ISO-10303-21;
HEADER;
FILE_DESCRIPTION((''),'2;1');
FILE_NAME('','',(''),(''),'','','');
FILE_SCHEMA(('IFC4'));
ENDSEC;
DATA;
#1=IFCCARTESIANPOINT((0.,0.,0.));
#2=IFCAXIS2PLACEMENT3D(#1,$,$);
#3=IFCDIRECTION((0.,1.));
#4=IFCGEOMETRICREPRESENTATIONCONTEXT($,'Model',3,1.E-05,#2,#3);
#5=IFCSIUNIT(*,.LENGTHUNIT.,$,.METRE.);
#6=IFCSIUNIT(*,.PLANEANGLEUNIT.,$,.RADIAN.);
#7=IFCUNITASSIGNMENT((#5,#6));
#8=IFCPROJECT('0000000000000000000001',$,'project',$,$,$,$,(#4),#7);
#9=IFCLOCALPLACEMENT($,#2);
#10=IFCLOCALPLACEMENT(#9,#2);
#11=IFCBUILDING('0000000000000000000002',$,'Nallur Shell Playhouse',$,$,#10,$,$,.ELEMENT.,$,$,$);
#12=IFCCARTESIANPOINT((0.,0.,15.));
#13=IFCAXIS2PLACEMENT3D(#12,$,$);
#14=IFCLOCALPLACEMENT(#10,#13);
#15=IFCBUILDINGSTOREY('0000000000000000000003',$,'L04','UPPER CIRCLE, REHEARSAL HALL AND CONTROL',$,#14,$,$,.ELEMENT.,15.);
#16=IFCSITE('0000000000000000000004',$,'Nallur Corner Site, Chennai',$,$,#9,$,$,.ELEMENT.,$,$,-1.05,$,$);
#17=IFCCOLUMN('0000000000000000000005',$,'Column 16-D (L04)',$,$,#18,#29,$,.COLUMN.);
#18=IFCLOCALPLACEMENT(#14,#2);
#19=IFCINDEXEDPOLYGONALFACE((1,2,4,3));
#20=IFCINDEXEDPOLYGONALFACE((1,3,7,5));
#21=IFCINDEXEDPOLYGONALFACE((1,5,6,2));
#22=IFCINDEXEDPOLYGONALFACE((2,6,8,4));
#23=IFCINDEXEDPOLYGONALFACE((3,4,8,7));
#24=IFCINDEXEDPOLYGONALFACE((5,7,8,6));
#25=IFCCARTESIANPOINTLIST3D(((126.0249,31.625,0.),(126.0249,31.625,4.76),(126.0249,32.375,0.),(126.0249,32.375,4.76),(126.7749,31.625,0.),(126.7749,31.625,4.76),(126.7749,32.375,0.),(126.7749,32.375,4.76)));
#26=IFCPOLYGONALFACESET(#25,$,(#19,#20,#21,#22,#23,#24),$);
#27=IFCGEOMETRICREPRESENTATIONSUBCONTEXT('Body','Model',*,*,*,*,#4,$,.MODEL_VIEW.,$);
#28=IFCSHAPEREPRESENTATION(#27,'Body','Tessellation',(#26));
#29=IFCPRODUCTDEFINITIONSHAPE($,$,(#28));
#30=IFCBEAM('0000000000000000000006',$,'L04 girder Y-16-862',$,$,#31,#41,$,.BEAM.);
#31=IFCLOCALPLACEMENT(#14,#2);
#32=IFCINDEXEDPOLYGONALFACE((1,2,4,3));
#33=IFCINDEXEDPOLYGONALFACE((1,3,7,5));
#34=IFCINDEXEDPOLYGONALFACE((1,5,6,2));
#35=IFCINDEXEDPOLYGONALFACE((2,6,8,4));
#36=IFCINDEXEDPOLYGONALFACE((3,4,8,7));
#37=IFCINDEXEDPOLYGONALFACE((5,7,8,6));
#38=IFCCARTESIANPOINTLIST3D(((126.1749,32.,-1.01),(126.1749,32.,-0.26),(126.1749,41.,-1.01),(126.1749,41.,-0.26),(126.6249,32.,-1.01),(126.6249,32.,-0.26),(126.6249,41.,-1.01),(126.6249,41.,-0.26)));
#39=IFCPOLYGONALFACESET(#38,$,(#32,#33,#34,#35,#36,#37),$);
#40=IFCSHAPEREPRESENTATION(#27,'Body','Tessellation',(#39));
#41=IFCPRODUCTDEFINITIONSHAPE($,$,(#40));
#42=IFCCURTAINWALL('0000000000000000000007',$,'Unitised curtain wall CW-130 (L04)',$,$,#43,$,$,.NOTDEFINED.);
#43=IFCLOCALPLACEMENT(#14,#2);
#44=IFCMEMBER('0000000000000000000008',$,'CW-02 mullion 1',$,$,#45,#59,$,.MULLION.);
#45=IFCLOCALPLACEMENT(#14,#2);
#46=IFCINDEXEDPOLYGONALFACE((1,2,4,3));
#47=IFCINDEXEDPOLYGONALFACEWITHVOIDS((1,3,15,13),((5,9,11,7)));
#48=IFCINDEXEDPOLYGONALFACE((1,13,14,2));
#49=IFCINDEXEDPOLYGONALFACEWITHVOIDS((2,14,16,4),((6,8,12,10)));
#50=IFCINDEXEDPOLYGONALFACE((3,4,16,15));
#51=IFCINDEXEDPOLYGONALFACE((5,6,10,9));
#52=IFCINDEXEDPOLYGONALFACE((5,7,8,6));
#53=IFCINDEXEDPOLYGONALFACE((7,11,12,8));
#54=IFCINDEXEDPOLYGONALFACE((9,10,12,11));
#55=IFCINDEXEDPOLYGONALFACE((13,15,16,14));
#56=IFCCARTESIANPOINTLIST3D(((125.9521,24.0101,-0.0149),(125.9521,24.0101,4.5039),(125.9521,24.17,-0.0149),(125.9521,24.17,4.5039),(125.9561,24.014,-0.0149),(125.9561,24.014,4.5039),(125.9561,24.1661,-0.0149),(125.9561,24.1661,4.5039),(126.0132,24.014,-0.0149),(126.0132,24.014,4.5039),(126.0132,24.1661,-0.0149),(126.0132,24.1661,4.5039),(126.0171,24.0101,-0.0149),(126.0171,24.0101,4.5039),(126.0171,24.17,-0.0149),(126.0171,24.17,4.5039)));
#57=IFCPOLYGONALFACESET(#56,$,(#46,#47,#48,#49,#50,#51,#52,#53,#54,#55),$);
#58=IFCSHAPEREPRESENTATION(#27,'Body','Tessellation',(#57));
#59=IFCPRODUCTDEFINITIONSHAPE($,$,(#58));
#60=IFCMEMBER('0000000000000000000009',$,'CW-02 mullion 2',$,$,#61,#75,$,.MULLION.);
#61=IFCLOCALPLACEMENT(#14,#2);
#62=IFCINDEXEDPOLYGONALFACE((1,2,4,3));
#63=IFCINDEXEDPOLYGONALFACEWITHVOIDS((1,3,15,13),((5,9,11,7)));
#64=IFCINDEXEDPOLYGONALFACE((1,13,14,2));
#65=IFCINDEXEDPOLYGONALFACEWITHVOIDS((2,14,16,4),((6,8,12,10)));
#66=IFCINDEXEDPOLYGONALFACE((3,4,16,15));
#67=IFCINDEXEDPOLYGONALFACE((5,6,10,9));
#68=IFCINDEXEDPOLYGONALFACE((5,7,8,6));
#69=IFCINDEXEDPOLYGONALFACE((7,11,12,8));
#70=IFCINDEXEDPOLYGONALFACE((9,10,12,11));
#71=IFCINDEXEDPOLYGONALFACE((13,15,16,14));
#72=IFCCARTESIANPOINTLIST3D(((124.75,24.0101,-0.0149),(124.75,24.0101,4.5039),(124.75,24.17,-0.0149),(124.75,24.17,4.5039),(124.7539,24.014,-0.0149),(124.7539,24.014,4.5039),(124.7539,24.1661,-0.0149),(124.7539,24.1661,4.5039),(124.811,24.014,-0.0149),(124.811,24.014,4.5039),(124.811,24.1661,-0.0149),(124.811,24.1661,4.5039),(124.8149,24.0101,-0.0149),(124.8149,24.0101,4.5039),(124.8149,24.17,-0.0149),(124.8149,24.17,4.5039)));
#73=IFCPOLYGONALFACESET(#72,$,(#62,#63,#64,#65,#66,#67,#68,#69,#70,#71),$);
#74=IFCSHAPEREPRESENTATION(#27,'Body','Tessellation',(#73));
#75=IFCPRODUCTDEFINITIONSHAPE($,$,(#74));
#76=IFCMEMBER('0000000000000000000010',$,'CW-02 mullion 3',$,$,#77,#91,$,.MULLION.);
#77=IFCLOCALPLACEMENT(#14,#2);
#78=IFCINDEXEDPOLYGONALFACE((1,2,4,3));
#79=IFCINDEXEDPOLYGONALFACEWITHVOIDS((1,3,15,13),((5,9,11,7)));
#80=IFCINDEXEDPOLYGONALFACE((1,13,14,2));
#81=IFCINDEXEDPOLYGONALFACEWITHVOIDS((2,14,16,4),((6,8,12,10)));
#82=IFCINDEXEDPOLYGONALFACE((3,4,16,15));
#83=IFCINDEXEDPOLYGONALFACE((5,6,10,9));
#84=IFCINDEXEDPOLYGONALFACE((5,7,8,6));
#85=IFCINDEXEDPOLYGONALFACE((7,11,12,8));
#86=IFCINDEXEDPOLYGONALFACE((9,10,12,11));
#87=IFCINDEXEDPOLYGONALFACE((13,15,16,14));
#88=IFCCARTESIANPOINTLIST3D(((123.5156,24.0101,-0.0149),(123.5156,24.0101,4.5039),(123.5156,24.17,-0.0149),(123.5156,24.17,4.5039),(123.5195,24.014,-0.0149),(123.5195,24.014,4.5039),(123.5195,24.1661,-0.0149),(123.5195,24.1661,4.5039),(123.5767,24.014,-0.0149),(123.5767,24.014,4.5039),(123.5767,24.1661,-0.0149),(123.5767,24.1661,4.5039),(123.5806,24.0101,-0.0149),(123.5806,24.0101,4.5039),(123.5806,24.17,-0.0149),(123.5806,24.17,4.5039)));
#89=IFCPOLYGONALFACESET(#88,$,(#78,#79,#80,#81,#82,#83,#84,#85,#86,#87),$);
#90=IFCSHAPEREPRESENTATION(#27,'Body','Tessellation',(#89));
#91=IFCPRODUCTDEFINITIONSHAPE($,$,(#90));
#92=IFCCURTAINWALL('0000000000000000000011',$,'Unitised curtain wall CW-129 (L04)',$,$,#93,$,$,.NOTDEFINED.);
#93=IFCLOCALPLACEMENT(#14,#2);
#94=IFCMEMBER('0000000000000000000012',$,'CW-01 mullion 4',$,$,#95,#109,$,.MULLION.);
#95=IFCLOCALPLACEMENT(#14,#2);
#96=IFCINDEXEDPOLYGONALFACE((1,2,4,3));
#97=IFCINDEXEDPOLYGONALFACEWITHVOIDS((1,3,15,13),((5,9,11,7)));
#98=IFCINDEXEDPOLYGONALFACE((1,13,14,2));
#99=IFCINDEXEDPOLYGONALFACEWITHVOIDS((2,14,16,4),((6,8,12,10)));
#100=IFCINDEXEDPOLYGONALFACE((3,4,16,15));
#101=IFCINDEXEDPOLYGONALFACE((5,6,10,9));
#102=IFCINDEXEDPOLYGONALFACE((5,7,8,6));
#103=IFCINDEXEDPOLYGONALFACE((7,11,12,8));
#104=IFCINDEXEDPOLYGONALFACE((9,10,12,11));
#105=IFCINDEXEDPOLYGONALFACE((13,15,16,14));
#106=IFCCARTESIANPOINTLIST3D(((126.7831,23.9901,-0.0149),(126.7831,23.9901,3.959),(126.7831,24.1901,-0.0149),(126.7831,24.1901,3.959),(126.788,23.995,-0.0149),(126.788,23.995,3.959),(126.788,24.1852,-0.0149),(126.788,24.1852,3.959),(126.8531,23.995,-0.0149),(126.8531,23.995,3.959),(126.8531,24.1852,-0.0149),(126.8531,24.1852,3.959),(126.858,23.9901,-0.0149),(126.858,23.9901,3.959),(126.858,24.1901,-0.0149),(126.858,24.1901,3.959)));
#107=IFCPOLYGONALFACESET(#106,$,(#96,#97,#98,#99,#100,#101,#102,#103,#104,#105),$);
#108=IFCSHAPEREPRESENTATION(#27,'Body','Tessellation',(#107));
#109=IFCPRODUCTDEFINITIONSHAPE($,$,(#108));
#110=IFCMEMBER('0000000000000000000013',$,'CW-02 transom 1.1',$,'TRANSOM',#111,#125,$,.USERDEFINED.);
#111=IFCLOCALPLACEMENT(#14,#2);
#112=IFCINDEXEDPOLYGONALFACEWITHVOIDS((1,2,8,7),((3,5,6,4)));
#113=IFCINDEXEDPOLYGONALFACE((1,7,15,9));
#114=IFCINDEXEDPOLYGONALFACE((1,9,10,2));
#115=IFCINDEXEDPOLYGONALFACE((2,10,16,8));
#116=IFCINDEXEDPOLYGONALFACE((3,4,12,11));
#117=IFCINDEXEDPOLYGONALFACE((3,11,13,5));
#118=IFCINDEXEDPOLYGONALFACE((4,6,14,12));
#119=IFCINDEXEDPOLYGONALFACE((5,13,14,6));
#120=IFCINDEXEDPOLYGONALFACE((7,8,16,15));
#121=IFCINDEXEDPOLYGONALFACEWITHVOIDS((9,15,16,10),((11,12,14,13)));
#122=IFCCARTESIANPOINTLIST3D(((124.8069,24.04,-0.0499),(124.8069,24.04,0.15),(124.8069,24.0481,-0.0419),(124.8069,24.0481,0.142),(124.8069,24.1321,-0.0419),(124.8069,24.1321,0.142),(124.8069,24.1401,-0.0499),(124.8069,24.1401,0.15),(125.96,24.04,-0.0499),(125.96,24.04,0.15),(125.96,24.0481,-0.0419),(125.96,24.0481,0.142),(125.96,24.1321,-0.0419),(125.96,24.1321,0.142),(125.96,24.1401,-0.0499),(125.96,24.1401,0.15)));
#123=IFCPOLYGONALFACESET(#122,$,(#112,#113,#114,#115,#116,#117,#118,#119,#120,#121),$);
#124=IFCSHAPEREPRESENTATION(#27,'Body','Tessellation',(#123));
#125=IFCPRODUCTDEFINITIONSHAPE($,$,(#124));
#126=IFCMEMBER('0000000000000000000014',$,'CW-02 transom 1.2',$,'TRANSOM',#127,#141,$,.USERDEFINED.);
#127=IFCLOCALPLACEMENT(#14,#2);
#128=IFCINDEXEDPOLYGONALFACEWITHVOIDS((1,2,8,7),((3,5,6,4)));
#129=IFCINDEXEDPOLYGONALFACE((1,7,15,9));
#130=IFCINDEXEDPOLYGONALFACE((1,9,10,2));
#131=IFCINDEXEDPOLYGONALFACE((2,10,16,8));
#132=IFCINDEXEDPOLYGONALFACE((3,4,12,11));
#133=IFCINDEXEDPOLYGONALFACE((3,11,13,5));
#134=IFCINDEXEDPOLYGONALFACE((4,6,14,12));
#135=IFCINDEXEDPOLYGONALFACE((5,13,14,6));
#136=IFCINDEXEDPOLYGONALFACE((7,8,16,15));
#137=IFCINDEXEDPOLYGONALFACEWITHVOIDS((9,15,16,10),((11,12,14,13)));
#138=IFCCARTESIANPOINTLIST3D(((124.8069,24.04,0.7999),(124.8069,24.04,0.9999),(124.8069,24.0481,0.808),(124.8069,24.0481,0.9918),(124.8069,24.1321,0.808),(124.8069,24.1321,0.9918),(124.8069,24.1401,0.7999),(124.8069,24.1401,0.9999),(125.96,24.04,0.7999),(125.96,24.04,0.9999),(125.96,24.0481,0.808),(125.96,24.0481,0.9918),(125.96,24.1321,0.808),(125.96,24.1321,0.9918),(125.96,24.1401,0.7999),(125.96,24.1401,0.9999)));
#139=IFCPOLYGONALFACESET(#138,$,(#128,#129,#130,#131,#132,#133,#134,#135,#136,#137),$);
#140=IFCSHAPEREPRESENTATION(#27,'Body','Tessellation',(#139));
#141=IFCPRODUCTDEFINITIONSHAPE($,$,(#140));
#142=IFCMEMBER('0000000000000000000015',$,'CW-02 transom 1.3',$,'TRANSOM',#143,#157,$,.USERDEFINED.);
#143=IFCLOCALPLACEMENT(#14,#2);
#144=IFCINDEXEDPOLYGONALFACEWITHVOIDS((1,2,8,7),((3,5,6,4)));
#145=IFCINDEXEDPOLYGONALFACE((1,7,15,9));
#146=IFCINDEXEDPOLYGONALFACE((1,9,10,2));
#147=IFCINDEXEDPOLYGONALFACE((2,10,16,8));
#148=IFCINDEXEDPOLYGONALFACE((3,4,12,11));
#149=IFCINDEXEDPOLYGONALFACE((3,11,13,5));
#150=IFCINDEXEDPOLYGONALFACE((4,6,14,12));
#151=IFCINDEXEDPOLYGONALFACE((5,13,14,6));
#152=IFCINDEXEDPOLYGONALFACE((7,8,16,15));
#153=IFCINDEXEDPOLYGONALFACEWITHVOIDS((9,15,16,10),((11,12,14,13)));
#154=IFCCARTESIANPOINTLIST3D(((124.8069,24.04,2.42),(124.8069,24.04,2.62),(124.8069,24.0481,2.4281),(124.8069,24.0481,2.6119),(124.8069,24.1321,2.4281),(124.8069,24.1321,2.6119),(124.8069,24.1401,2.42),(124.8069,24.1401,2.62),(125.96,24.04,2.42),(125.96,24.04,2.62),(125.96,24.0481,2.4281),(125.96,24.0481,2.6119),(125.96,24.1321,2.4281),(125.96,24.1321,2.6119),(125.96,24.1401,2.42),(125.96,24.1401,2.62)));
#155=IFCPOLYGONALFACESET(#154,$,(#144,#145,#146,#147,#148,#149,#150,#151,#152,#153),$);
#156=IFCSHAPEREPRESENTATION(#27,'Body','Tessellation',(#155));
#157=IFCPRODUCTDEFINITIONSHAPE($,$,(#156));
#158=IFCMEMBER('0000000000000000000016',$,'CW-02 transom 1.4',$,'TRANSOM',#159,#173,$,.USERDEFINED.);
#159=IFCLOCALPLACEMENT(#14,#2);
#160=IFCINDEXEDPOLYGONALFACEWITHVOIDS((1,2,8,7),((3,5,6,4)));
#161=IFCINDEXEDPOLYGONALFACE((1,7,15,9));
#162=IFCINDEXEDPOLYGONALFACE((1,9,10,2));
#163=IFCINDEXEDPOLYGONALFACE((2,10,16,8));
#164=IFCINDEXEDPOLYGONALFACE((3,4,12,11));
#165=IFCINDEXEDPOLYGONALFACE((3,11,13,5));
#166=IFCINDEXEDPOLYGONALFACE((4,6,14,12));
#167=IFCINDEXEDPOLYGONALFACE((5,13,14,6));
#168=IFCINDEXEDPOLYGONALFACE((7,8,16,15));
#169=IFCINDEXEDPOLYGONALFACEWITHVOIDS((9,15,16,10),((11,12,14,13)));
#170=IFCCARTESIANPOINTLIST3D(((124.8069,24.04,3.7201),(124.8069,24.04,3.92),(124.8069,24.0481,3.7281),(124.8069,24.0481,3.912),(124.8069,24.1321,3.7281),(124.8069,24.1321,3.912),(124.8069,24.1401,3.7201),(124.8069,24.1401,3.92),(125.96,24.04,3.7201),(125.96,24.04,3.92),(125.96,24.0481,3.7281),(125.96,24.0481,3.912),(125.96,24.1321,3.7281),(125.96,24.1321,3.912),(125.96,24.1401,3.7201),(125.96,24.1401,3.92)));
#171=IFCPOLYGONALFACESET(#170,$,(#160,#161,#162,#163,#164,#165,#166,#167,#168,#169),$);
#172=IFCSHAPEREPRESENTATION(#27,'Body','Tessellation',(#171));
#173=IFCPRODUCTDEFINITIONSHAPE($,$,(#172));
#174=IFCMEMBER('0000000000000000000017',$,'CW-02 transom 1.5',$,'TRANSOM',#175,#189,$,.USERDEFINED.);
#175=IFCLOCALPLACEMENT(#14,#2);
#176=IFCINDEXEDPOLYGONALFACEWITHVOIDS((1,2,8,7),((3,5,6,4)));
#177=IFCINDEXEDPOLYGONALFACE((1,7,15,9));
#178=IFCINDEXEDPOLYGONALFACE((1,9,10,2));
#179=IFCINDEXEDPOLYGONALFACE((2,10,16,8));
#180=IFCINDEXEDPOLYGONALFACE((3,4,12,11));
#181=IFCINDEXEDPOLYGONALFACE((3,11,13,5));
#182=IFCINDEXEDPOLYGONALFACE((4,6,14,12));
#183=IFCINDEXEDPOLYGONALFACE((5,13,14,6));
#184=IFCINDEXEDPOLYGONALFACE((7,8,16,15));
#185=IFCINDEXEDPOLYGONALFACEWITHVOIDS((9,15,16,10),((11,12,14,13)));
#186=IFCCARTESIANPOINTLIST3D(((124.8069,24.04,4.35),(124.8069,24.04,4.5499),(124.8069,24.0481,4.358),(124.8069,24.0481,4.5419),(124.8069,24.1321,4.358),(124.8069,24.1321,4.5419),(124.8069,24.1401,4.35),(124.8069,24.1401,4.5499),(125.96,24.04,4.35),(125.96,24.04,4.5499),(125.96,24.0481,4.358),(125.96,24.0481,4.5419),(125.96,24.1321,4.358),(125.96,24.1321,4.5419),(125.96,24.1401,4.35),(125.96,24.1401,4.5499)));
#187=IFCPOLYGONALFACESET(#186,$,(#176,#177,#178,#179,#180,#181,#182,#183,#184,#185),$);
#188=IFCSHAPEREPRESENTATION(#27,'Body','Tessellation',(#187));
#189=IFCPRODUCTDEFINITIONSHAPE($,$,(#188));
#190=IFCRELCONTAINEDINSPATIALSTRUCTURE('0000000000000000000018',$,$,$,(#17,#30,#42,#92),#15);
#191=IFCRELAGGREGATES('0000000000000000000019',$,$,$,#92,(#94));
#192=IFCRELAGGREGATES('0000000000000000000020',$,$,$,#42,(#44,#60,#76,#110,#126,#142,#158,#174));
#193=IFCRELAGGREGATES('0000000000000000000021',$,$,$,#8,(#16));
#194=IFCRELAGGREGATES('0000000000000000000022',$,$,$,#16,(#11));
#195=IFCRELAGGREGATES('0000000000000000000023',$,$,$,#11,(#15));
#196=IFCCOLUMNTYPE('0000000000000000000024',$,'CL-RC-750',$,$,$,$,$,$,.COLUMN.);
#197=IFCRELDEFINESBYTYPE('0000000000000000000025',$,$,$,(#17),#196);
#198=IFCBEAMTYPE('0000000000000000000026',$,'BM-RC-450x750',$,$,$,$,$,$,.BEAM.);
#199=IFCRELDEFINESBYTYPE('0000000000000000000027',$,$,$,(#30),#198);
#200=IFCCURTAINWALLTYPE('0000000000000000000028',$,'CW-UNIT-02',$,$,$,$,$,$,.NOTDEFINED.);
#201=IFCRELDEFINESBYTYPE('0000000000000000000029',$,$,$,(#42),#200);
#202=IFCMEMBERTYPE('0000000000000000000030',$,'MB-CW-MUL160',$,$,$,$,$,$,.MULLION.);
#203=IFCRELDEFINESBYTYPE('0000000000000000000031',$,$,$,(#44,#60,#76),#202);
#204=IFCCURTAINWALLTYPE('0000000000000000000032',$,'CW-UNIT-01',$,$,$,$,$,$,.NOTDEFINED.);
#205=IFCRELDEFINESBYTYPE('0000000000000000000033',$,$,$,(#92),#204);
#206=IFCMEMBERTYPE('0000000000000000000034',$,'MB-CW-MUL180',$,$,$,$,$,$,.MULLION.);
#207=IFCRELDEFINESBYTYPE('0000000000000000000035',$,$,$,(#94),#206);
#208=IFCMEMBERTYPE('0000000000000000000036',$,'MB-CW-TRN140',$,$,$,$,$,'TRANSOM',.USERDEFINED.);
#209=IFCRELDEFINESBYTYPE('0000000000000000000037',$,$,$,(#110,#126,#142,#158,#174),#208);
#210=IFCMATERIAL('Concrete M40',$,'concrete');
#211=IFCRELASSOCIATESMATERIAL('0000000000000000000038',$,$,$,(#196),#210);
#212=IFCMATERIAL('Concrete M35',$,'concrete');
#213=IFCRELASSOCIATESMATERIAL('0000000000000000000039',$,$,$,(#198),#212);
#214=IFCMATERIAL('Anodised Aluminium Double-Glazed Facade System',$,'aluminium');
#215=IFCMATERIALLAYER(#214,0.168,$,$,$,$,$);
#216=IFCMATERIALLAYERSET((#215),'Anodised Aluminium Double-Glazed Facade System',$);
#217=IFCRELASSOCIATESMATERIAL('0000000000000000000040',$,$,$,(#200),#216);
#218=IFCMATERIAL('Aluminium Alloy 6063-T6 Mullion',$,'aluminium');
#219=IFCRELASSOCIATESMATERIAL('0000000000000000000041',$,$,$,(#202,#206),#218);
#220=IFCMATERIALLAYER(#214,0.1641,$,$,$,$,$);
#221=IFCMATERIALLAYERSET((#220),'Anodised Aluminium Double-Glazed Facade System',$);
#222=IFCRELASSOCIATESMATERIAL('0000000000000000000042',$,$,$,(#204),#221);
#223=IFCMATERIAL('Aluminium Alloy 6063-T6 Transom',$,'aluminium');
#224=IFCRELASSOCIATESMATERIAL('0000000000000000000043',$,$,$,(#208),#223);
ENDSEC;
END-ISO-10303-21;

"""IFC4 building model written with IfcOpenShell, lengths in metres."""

from ifc_helpers import new_model, si_unit, direction, frame, origin, origin_2d, place, context, subcontext, project, spatial, rectangle, hollow_rectangle, extrude, material, layer, layer_set, material_profile, profile_set, type_object, element, aggregate, save


model = new_model("IFC4")

# Units and contexts
model_context = context("Model", 3, precision=1e-05, world=origin(), true_north=direction((0.0, 1.0)))
body_context = subcontext(model_context, "Body", "Model", "MODEL_VIEW")
ifc_project = project(units=[si_unit("LENGTHUNIT", "METRE"), si_unit("PLANEANGLEUNIT", "RADIAN")], contexts=[model_context])

# Site, building, storey
site_placement = place(None, origin())
site = spatial("IfcSite", under=ifc_project, at=site_placement, Name="Nallur Corner Site, Chennai", CompositionType="ELEMENT", RefElevation=-1.05)
building_placement = place(site_placement, origin())
building = spatial("IfcBuilding", under=site, at=building_placement, Name="Nallur Shell Playhouse", CompositionType="ELEMENT")
storey_placement = place(building_placement, frame((0.0, 0.0, 15.0)))
storey = spatial("IfcBuildingStorey", under=building, at=storey_placement, Name="L04", Description="UPPER CIRCLE, REHEARSAL HALL AND CONTROL", CompositionType="ELEMENT", Elevation=15.0)

# Column
ifc_material_1 = material(Name="Concrete M40", Category="concrete")
ifc_material_profile_1 = material_profile(ifc_material_1, rectangle(XDim=0.75, YDim=0.75, at=origin_2d()), Name="RC 750x750")
ifc_profile_set_1 = profile_set([ifc_material_profile_1], Name="Concrete M40")
column_type = type_object("IfcColumnType", Name="CL-RC-750", PredefinedType="COLUMN", material=ifc_profile_set_1)
column_placement = place(storey_placement, frame((126.3999, 32.0, 0.0), z_axis=(0.0, 0.0, 1.0), x_axis=(1.0, 0.0, 0.0)))
element("IfcColumn", 1, at=column_placement, inside=storey, type_object=column_type, Name="Column 16-D (L04)", PredefinedType="COLUMN", context=body_context, shape_type="SweptSolid", body=[
    extrude(rectangle(XDim=0.75, YDim=0.75, at=origin_2d()), origin(), (0.0, 0.0, 1.0), 4.76),
])

# Beam
ifc_material_2 = material(Name="Concrete M35", Category="concrete")
ifc_material_profile_2 = material_profile(ifc_material_2, rectangle(XDim=0.45, YDim=0.75, at=origin_2d()), Name="RC 450x750")
ifc_profile_set_2 = profile_set([ifc_material_profile_2], Name="Concrete M35")
beam_type = type_object("IfcBeamType", Name="BM-RC-450x750", PredefinedType="BEAM", material=ifc_profile_set_2)
beam_placement = place(storey_placement, frame((126.3999, 32.0, -0.635), z_axis=(0.0, 1.0, 0.0), x_axis=(-1.0, 0.0, 0.0)))
element("IfcBeam", 2, at=beam_placement, inside=storey, type_object=beam_type, Name="L04 girder Y-16-862", PredefinedType="BEAM", context=body_context, shape_type="SweptSolid", body=[
    extrude(rectangle(XDim=0.45, YDim=0.75, at=origin_2d()), origin(), (0.0, 0.0, 1.0), 9.0),
])

# Curtain wall, members
ifc_material_3 = material(Name="Anodised Aluminium Double-Glazed Facade System", Category="aluminium")
ifc_layer_1 = layer(ifc_material_3, 0.168)
ifc_layer_set_1 = layer_set([ifc_layer_1], Name="Anodised Aluminium Double-Glazed Facade System")
curtain_wall_type_1 = type_object("IfcCurtainWallType", Name="CW-UNIT-02", PredefinedType="NOTDEFINED", material=ifc_layer_set_1)
curtain_wall_1_placement = place(storey_placement, origin())
curtain_wall_1 = element("IfcCurtainWall", 3, at=curtain_wall_1_placement, inside=storey, type_object=curtain_wall_type_1, Name="Unitised curtain wall CW-130 (L04)", PredefinedType="NOTDEFINED")
ifc_material_4 = material(Name="Aluminium Alloy 6063-T6 Mullion", Category="aluminium")
ifc_material_profile_3 = material_profile(ifc_material_4, hollow_rectangle(XDim=0.0649, YDim=0.1599, WallThickness=0.0039, at=origin_2d()), Name="ALU 65x160x4")
ifc_profile_set_3 = profile_set([ifc_material_profile_3], Name="Aluminium Alloy 6063-T6 Mullion")
member_type_1 = type_object("IfcMemberType", Name="MB-CW-MUL160", PredefinedType="MULLION", material=ifc_profile_set_3)
member_1_placement = place(storey_placement, frame((125.9846, 24.0901, -0.0149), z_axis=(0.0, 0.0, 1.0), x_axis=(-1.0, 0.0, 0.0)))
member_1 = element("IfcMember", 4, at=member_1_placement, type_object=member_type_1, Name="CW-02 mullion 1", PredefinedType="MULLION", context=body_context, shape_type="SweptSolid", body=[
    extrude(hollow_rectangle(XDim=0.0649, YDim=0.1599, WallThickness=0.0039, at=origin_2d()), origin(), (0.0, 0.0, 1.0), 4.5188),
])
member_2_placement = place(storey_placement, frame((124.7825, 24.0901, -0.0149), z_axis=(0.0, 0.0, 1.0), x_axis=(-1.0, 0.0, 0.0)))
member_2 = element("IfcMember", 5, at=member_2_placement, type_object=member_type_1, Name="CW-02 mullion 2", PredefinedType="MULLION", context=body_context, shape_type="SweptSolid", body=[
    extrude(hollow_rectangle(XDim=0.0649, YDim=0.1599, WallThickness=0.0039, at=origin_2d()), origin(), (0.0, 0.0, 1.0), 4.5188),
])
member_3_placement = place(storey_placement, frame((123.5481, 24.0901, -0.0149), z_axis=(0.0, 0.0, 1.0), x_axis=(-1.0, 0.0, 0.0)))
member_3 = element("IfcMember", 6, at=member_3_placement, type_object=member_type_1, Name="CW-02 mullion 3", PredefinedType="MULLION", context=body_context, shape_type="SweptSolid", body=[
    extrude(hollow_rectangle(XDim=0.0649, YDim=0.1599, WallThickness=0.0039, at=origin_2d()), origin(), (0.0, 0.0, 1.0), 4.5188),
])

# Curtain wall, member
ifc_layer_2 = layer(ifc_material_3, 0.1641)
ifc_layer_set_2 = layer_set([ifc_layer_2], Name="Anodised Aluminium Double-Glazed Facade System")
curtain_wall_type_2 = type_object("IfcCurtainWallType", Name="CW-UNIT-01", PredefinedType="NOTDEFINED", material=ifc_layer_set_2)
curtain_wall_2_placement = place(storey_placement, origin())
curtain_wall_2 = element("IfcCurtainWall", 7, at=curtain_wall_2_placement, inside=storey, type_object=curtain_wall_type_2, Name="Unitised curtain wall CW-129 (L04)", PredefinedType="NOTDEFINED")
ifc_material_profile_4 = material_profile(ifc_material_4, hollow_rectangle(XDim=0.075, YDim=0.2, WallThickness=0.0049, at=origin_2d()), Name="ALU 75x200x5")
ifc_profile_set_4 = profile_set([ifc_material_profile_4], Name="Aluminium Alloy 6063-T6 Mullion")
member_type_2 = type_object("IfcMemberType", Name="MB-CW-MUL180", PredefinedType="MULLION", material=ifc_profile_set_4)
member_4_placement = place(storey_placement, frame((126.8206, 24.0901, -0.0149), z_axis=(0.0, 0.0, 1.0), x_axis=(-1.0, 0.0, 0.0)))
member_4 = element("IfcMember", 8, at=member_4_placement, type_object=member_type_2, Name="CW-01 mullion 4", PredefinedType="MULLION", context=body_context, shape_type="SweptSolid", body=[
    extrude(hollow_rectangle(XDim=0.075, YDim=0.2, WallThickness=0.0049, at=origin_2d()), origin(), (0.0, 0.0, 1.0), 3.9739),
])

# Members
ifc_material_5 = material(Name="Aluminium Alloy 6063-T6 Transom", Category="aluminium")
ifc_material_profile_5 = material_profile(ifc_material_5, hollow_rectangle(XDim=0.1001, YDim=0.2, WallThickness=0.0081, at=origin_2d()), Name="RHS 200x100x8")
ifc_profile_set_5 = profile_set([ifc_material_profile_5], Name="Aluminium Alloy 6063-T6 Transom")
member_type_3 = type_object("IfcMemberType", Name="MB-CW-TRN140", ElementType="TRANSOM", PredefinedType="USERDEFINED", material=ifc_profile_set_5)
member_5_placement = place(storey_placement, frame((125.96, 24.0901, 0.05), z_axis=(-1.0, 0.0, 0.0), x_axis=(0.0, -1.0, 0.0)))
member_5 = element("IfcMember", 9, at=member_5_placement, type_object=member_type_3, Name="CW-02 transom 1.1", ObjectType="TRANSOM", PredefinedType="USERDEFINED", context=body_context, shape_type="SweptSolid", body=[
    extrude(hollow_rectangle(XDim=0.1001, YDim=0.2, WallThickness=0.0081, at=origin_2d()), origin(), (0.0, 0.0, 1.0), 1.1531),
])
member_6_placement = place(storey_placement, frame((125.96, 24.0901, 0.8999), z_axis=(-1.0, 0.0, 0.0), x_axis=(0.0, -1.0, 0.0)))
member_6 = element("IfcMember", 10, at=member_6_placement, type_object=member_type_3, Name="CW-02 transom 1.2", ObjectType="TRANSOM", PredefinedType="USERDEFINED", context=body_context, shape_type="SweptSolid", body=[
    extrude(hollow_rectangle(XDim=0.1001, YDim=0.2, WallThickness=0.0081, at=origin_2d()), origin(), (0.0, 0.0, 1.0), 1.1531),
])
member_7_placement = place(storey_placement, frame((125.96, 24.0901, 2.52), z_axis=(-1.0, 0.0, 0.0), x_axis=(0.0, -1.0, 0.0)))
member_7 = element("IfcMember", 11, at=member_7_placement, type_object=member_type_3, Name="CW-02 transom 1.3", ObjectType="TRANSOM", PredefinedType="USERDEFINED", context=body_context, shape_type="SweptSolid", body=[
    extrude(hollow_rectangle(XDim=0.1001, YDim=0.2, WallThickness=0.0081, at=origin_2d()), origin(), (0.0, 0.0, 1.0), 1.1531),
])
member_8_placement = place(storey_placement, frame((125.96, 24.0901, 3.8201), z_axis=(-1.0, 0.0, 0.0), x_axis=(0.0, -1.0, 0.0)))
member_8 = element("IfcMember", 12, at=member_8_placement, type_object=member_type_3, Name="CW-02 transom 1.4", ObjectType="TRANSOM", PredefinedType="USERDEFINED", context=body_context, shape_type="SweptSolid", body=[
    extrude(hollow_rectangle(XDim=0.1001, YDim=0.2, WallThickness=0.0081, at=origin_2d()), origin(), (0.0, 0.0, 1.0), 1.1531),
])
member_9_placement = place(storey_placement, frame((125.96, 24.0901, 4.45), z_axis=(-1.0, 0.0, 0.0), x_axis=(0.0, -1.0, 0.0)))
member_9 = element("IfcMember", 13, at=member_9_placement, type_object=member_type_3, Name="CW-02 transom 1.5", ObjectType="TRANSOM", PredefinedType="USERDEFINED", context=body_context, shape_type="SweptSolid", body=[
    extrude(hollow_rectangle(XDim=0.1001, YDim=0.2, WallThickness=0.0081, at=origin_2d()), origin(), (0.0, 0.0, 1.0), 1.1531),
])

aggregate(curtain_wall_2, [member_4])
aggregate(curtain_wall_1, [member_1, member_2, member_3, member_5, member_6, member_7, member_8, member_9])

save(model, "model.ifc")
